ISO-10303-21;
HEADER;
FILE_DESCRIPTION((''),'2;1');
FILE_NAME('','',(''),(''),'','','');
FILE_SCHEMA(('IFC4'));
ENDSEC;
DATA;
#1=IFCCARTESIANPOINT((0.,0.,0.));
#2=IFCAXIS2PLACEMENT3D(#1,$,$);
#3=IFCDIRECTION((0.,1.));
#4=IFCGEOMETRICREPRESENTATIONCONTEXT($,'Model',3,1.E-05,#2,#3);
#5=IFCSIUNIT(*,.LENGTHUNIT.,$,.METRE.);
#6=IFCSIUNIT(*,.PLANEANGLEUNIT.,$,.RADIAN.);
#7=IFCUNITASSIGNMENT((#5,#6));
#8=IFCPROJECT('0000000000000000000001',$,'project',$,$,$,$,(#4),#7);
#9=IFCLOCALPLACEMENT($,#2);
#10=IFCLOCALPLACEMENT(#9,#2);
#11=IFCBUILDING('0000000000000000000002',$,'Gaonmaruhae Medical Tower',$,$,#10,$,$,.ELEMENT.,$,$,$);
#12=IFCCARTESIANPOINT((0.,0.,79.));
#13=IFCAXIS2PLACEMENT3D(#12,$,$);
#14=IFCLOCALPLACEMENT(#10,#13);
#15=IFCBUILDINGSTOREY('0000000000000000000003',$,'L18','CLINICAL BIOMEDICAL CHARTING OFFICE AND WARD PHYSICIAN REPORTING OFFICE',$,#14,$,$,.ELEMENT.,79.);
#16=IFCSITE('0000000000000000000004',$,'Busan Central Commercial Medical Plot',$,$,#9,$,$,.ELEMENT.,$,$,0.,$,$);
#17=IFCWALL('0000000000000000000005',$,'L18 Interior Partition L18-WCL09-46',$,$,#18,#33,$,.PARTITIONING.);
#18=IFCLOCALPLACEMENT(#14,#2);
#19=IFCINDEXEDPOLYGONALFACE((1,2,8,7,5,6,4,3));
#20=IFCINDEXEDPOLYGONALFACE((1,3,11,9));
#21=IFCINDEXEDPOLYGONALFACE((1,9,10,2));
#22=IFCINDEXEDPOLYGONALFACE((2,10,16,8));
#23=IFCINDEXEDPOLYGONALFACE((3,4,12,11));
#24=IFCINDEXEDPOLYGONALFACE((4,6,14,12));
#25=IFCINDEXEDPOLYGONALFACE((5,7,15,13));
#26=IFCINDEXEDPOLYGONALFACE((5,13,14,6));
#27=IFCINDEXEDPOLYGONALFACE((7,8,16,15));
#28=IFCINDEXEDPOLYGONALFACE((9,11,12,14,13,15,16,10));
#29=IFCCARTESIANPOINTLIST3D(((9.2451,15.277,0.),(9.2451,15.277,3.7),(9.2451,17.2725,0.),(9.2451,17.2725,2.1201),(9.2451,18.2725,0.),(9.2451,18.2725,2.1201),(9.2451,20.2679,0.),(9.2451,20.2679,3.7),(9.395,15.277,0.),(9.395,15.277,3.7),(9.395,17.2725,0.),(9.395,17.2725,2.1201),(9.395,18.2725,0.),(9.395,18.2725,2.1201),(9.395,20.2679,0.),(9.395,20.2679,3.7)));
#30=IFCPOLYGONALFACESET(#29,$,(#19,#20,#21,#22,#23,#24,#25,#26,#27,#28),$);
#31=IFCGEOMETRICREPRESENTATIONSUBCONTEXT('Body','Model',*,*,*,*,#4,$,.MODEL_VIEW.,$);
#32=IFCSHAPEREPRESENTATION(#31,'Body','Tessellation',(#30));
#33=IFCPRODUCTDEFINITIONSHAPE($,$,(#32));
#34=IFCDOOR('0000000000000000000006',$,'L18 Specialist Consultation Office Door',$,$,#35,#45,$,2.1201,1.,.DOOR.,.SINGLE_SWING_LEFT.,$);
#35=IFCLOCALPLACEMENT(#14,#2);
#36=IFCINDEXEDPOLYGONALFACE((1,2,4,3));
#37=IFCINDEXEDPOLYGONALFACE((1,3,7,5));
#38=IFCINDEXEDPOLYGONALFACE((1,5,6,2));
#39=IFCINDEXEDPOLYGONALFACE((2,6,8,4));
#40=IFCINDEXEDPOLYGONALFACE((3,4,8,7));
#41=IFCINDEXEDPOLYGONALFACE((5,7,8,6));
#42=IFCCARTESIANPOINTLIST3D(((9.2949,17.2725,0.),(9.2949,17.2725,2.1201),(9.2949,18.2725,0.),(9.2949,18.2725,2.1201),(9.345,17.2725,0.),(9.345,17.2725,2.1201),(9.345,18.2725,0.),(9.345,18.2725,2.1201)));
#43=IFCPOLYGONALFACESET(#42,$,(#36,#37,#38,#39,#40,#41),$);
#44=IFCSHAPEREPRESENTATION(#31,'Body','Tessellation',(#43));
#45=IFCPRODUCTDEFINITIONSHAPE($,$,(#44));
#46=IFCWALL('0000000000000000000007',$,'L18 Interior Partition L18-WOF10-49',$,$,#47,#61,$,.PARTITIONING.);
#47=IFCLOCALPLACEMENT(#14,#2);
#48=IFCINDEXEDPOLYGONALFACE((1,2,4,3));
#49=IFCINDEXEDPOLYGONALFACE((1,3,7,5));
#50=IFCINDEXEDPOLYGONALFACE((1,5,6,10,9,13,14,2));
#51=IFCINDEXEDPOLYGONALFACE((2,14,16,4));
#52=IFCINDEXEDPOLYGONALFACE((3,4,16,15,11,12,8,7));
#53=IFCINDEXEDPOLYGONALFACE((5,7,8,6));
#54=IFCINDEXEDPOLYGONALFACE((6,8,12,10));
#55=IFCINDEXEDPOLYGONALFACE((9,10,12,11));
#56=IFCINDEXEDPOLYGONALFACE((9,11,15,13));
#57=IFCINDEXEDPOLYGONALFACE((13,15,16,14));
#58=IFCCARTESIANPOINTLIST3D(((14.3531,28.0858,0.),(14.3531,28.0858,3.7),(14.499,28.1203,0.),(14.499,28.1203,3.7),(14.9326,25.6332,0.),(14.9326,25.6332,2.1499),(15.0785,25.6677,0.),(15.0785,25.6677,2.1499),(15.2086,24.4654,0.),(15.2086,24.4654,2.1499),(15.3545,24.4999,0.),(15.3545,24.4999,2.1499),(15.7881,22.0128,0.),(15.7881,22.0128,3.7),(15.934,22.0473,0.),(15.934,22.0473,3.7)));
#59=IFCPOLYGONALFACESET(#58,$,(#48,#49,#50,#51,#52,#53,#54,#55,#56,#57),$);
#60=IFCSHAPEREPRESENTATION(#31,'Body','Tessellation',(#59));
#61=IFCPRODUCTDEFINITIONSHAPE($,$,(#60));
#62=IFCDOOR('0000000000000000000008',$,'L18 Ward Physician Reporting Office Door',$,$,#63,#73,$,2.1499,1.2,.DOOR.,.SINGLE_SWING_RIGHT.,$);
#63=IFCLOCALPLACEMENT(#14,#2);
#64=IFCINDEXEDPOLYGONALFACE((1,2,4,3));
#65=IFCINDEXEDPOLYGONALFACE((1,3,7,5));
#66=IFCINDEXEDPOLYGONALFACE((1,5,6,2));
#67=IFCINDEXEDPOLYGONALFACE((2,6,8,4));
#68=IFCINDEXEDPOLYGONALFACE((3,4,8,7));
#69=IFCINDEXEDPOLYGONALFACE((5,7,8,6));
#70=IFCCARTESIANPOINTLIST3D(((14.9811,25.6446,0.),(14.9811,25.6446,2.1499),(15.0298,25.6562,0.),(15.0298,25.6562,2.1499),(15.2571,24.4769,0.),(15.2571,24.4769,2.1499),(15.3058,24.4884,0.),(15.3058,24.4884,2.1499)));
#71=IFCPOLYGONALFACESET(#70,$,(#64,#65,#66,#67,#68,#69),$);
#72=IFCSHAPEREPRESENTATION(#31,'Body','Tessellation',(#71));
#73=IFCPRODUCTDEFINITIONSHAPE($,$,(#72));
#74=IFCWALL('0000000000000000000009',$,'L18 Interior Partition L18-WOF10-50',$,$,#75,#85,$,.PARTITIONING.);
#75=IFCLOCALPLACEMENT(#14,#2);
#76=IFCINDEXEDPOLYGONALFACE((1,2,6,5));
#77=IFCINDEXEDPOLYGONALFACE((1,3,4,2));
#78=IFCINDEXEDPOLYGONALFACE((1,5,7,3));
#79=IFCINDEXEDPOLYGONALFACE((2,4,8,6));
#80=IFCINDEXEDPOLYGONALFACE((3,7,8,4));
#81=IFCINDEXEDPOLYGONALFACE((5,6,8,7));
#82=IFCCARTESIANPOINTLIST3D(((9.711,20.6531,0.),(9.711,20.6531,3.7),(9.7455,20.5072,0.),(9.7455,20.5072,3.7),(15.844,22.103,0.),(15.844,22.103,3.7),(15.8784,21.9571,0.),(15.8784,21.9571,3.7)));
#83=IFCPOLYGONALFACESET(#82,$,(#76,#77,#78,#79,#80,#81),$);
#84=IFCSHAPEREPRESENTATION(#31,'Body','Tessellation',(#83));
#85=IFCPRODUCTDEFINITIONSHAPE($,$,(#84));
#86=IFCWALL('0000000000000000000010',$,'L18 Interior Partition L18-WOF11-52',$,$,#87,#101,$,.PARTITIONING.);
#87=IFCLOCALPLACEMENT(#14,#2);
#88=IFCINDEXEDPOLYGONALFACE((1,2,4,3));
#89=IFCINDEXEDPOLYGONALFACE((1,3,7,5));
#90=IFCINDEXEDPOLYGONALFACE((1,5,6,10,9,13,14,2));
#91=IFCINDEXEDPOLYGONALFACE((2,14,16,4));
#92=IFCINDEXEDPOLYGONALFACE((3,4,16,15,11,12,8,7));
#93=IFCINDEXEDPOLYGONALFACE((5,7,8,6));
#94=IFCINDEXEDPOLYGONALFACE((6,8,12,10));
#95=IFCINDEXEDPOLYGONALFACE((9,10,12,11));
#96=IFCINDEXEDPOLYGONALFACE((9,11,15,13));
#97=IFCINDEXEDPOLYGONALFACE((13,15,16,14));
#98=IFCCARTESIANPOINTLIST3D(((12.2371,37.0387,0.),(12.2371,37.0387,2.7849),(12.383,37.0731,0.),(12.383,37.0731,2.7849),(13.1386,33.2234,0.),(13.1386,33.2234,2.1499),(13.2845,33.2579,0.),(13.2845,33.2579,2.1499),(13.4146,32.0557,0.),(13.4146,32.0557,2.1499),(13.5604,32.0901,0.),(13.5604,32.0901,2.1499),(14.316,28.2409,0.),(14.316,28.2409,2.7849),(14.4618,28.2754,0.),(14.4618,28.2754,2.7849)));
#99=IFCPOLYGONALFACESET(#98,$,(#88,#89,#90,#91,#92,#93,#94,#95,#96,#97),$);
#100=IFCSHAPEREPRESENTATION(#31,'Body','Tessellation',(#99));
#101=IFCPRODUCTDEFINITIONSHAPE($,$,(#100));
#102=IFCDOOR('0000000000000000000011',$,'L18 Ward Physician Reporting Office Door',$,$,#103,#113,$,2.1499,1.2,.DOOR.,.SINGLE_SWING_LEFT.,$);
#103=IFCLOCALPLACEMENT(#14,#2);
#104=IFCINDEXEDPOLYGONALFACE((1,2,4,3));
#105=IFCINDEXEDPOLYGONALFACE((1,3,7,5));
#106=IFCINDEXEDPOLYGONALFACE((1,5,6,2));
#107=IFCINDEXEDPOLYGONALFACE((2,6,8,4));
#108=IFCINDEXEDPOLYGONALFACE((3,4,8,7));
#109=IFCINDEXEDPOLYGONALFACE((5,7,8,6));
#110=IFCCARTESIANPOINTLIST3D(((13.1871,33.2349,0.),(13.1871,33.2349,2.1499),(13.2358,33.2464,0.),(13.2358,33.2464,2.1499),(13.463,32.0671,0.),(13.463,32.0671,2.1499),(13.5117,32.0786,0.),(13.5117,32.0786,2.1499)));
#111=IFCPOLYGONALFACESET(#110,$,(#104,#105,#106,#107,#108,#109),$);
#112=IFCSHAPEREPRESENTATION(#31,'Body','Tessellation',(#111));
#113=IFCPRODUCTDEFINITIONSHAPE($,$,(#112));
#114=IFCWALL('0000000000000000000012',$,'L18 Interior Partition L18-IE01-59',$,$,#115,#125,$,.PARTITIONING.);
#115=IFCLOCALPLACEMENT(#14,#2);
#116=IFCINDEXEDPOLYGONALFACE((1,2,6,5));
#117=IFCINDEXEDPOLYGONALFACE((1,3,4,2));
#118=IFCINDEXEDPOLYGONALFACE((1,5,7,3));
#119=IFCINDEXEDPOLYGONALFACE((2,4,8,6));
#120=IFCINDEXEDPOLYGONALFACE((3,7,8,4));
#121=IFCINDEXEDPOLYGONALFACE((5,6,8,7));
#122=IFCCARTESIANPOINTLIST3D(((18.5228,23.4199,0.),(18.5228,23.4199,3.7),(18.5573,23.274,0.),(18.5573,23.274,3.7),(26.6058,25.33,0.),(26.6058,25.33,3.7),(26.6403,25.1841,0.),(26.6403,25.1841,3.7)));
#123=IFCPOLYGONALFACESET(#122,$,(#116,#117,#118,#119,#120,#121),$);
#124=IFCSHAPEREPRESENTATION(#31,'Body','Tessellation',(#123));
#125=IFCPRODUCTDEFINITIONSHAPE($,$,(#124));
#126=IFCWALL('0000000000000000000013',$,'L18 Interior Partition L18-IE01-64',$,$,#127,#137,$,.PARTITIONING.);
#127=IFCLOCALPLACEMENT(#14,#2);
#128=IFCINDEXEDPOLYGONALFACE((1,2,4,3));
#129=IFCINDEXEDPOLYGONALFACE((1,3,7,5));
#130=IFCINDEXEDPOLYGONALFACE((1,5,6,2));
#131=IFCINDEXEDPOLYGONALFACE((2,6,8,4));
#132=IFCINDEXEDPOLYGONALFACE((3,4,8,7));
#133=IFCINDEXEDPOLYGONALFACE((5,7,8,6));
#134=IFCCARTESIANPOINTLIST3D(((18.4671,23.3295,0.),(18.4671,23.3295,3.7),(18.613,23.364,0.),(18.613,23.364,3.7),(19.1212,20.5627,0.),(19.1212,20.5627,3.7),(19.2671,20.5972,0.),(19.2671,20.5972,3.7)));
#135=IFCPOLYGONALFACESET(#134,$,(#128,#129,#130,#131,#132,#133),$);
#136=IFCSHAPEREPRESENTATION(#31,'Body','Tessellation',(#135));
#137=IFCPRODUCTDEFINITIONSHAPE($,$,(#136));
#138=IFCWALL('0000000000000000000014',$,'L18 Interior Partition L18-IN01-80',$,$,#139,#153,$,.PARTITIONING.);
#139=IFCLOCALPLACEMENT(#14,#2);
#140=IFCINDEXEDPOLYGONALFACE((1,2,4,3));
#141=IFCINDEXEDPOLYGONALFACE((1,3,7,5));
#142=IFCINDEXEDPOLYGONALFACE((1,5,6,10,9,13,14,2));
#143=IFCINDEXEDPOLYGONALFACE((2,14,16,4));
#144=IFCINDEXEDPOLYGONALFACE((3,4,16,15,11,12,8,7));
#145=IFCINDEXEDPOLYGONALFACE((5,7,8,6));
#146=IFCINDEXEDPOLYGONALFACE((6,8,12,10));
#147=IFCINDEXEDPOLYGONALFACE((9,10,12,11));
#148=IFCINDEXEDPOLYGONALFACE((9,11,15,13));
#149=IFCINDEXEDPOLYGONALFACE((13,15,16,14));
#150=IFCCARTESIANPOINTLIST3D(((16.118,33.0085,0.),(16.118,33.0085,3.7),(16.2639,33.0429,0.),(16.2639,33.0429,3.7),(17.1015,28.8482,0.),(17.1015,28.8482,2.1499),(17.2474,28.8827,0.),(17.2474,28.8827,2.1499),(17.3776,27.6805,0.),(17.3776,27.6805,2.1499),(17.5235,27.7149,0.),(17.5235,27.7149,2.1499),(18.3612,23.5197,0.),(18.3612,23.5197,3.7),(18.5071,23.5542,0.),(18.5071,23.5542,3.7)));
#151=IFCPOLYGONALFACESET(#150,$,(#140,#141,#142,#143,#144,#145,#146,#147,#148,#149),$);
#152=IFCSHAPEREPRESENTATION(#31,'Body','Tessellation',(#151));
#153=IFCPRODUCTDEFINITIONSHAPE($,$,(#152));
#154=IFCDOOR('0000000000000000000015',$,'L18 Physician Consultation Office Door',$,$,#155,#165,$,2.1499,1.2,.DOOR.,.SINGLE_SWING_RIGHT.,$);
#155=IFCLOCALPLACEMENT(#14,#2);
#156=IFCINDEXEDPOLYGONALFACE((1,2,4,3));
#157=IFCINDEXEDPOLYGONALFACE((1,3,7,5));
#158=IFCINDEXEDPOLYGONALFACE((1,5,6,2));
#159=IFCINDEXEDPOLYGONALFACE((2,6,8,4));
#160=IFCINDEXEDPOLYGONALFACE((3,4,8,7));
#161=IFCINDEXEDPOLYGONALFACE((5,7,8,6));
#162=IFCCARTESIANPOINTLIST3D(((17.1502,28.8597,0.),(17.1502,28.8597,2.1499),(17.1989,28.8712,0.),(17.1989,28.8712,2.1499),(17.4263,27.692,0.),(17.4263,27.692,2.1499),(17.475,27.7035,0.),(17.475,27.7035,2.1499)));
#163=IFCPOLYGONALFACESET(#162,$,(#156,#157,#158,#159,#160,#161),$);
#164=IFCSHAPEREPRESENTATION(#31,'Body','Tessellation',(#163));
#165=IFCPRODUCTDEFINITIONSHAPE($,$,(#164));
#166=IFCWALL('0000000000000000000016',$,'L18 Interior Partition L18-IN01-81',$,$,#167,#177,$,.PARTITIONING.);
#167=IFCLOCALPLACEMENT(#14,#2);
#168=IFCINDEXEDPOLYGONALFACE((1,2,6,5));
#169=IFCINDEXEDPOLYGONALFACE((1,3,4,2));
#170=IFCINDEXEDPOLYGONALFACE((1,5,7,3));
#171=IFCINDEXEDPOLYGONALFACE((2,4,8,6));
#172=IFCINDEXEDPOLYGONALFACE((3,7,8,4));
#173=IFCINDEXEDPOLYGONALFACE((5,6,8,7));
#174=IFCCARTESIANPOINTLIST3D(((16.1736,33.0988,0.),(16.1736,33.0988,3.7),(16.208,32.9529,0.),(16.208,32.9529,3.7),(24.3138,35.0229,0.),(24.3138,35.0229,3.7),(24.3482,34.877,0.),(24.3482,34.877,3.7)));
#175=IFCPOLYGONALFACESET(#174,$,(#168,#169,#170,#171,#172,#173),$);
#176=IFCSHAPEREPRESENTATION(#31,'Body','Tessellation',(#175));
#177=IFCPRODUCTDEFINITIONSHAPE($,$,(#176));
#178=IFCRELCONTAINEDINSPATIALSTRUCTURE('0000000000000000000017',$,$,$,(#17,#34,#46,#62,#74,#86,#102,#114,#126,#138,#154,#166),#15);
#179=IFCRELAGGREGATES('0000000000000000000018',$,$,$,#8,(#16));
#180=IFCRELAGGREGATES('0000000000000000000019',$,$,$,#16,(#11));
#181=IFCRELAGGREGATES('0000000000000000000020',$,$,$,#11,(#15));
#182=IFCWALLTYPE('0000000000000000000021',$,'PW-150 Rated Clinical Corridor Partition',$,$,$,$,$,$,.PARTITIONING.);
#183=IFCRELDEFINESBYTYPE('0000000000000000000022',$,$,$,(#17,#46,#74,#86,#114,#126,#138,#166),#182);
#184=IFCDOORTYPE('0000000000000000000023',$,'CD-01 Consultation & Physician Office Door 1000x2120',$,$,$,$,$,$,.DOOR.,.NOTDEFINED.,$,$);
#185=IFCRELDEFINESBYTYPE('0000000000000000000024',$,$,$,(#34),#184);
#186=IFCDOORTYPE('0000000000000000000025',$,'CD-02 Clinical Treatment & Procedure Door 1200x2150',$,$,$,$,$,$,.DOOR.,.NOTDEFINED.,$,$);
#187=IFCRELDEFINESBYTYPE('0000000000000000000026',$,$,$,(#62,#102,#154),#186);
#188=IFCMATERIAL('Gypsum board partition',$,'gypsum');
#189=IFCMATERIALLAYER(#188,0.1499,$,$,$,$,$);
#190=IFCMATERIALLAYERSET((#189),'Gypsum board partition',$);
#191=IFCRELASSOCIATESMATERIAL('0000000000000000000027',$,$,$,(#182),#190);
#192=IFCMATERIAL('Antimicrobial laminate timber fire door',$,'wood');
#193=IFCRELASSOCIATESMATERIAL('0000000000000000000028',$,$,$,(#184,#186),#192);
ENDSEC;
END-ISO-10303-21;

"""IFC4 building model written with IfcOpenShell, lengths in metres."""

from ifc_helpers import new_model, si_unit, direction, frame, frame_2d, origin, place, context, subcontext, project, spatial, rectangle, extrude, material, layer, layer_set, type_object, element, fill, save


model = new_model("IFC4")

# Units and contexts
model_context = context("Model", 3, precision=1e-05, world=origin(), true_north=direction((0.0, 1.0)))
body_context = subcontext(model_context, "Body", "Model", "MODEL_VIEW")
ifc_project = project(units=[si_unit("LENGTHUNIT", "METRE"), si_unit("PLANEANGLEUNIT", "RADIAN")], contexts=[model_context])

# Site, building, storey
site_placement = place(None, origin())
site = spatial("IfcSite", under=ifc_project, at=site_placement, Name="Busan Central Commercial Medical Plot", CompositionType="ELEMENT", RefElevation=0.0)
building_placement = place(site_placement, origin())
building = spatial("IfcBuilding", under=site, at=building_placement, Name="Gaonmaruhae Medical Tower", CompositionType="ELEMENT")
storey_placement = place(building_placement, frame((0.0, 0.0, 79.0)))
storey = spatial("IfcBuildingStorey", under=building, at=storey_placement, Name="L18", Description="CLINICAL BIOMEDICAL CHARTING OFFICE AND WARD PHYSICIAN REPORTING OFFICE", CompositionType="ELEMENT", Elevation=79.0)

# Shared definitions
ifc_material_1 = material(Name="Gypsum board partition", Category="gypsum")
ifc_layer_1 = layer(ifc_material_1, 0.1499)
ifc_layer_set_1 = layer_set([ifc_layer_1], Name="Gypsum board partition")
wall_type_1 = type_object("IfcWallType", Name="PW-150 Rated Clinical Corridor Partition", PredefinedType="PARTITIONING", material=ifc_layer_set_1)

# Walls, openings, doors
wall_1_placement = place(storey_placement, frame((9.3201, 20.2681, 0.0), z_axis=(0.0, 0.0, 1.0), x_axis=(0.0, -1.0, 0.0)))
wall_1 = element("IfcWall", 1, at=wall_1_placement, inside=storey, type_object=wall_type_1, Name="L18 Interior Partition L18-WCL09-46", PredefinedType="PARTITIONING", context=body_context, shape_type="SweptSolid", body=[
    extrude(rectangle(XDim=4.991, YDim=0.1499, at=frame_2d((2.4956, 0.0))), origin(), (0.0, 0.0, 1.0), 3.7),
])
opening_1_placement = place(wall_1_placement, frame((1.9956, 0.0, 0.0)))
opening_1 = element("IfcOpeningElement", 2, at=opening_1_placement, cuts=wall_1, PredefinedType="OPENING", context=body_context, shape_type="SweptSolid", body=[
    extrude(rectangle(XDim=1.0, YDim=2.1201, at=frame_2d((0.5, 1.0601))), frame((0.0, 0.085, 0.0), z_axis=(0.0, -1.0, 0.0), x_axis=(1.0, 0.0, 0.0)), (0.0, 0.0, 1.0), 0.1699),
])
ifc_material_2 = material(Name="Antimicrobial laminate timber fire door", Category="wood")
door_type_1 = type_object("IfcDoorType", Name="CD-01 Consultation & Physician Office Door 1000x2120", OperationType="NOTDEFINED", PredefinedType="DOOR", material=ifc_material_2)
door_1_placement = place(opening_1_placement, origin())
door_1 = element("IfcDoor", 3, at=door_1_placement, inside=storey, type_object=door_type_1, Name="L18 Specialist Consultation Office Door", OperationType="SINGLE_SWING_LEFT", OverallHeight=2.1201, OverallWidth=1.0, PredefinedType="DOOR", context=body_context, shape_type="SweptSolid", body=[
    extrude(rectangle(XDim=1.0, YDim=2.1201, at=frame_2d((0.5, 1.0601))), frame((0.0, 0.0249, 0.0), z_axis=(0.0, -1.0, 0.0), x_axis=(1.0, 0.0, 0.0)), (0.0, 0.0, 1.0), 0.05),
])
fill(opening_1, door_1)
wall_2_placement = place(storey_placement, frame((14.426, 28.103, 0.0), z_axis=(0.0, 0.0, 1.0), x_axis=(0.229968, -0.973198, 0.0)))
wall_2 = element("IfcWall", 4, at=wall_2_placement, inside=storey, type_object=wall_type_1, Name="L18 Interior Partition L18-WOF10-49", PredefinedType="PARTITIONING", context=body_context, shape_type="SweptSolid", body=[
    extrude(rectangle(XDim=6.2402, YDim=0.1499, at=frame_2d((3.1201, 0.0))), origin(), (0.0, 0.0, 1.0), 3.7),
])
opening_2_placement = place(wall_2_placement, frame((2.52, 0.0, 0.0)))
opening_2 = element("IfcOpeningElement", 5, at=opening_2_placement, cuts=wall_2, PredefinedType="OPENING", context=body_context, shape_type="SweptSolid", body=[
    extrude(rectangle(XDim=1.2, YDim=2.1499, at=frame_2d((0.6001, 1.075))), frame((0.0, 0.085, 0.0), z_axis=(0.0, -1.0, 0.0), x_axis=(1.0, 0.0, 0.0)), (0.0, 0.0, 1.0), 0.1699),
])
door_type_2 = type_object("IfcDoorType", Name="CD-02 Clinical Treatment & Procedure Door 1200x2150", OperationType="NOTDEFINED", PredefinedType="DOOR", material=ifc_material_2)
door_2_placement = place(opening_2_placement, origin())
door_2 = element("IfcDoor", 6, at=door_2_placement, inside=storey, type_object=door_type_2, Name="L18 Ward Physician Reporting Office Door", OperationType="SINGLE_SWING_RIGHT", OverallHeight=2.1499, OverallWidth=1.2, PredefinedType="DOOR", context=body_context, shape_type="SweptSolid", body=[
    extrude(rectangle(XDim=1.2, YDim=2.1499, at=frame_2d((0.6001, 1.075))), frame((0.0, 0.0249, 0.0), z_axis=(0.0, -1.0, 0.0), x_axis=(1.0, 0.0, 0.0)), (0.0, 0.0, 1.0), 0.05),
])
fill(opening_2, door_2)

# Wall
wall_3_placement = place(storey_placement, frame((15.8611, 22.03, 0.0), z_axis=(0.0, 0.0, 1.0), x_axis=(-0.973173, -0.230073, 0.0)))
element("IfcWall", 7, at=wall_3_placement, inside=storey, type_object=wall_type_1, Name="L18 Interior Partition L18-WOF10-50", PredefinedType="PARTITIONING", context=body_context, shape_type="SweptSolid", body=[
    extrude(rectangle(XDim=6.302, YDim=0.1499, at=frame_2d((3.1509, 0.0))), origin(), (0.0, 0.0, 1.0), 3.7),
])

# Wall, opening, door
wall_4_placement = place(storey_placement, frame((12.3101, 37.0559, 0.0), z_axis=(0.0, 0.0, 1.0), x_axis=(0.229959, -0.9732, 0.0)))
wall_4 = element("IfcWall", 8, at=wall_4_placement, inside=storey, type_object=wall_type_1, Name="L18 Interior Partition L18-WOF11-52", PredefinedType="PARTITIONING", context=body_context, shape_type="SweptSolid", body=[
    extrude(rectangle(XDim=9.04, YDim=0.1499, at=frame_2d((4.52, 0.0))), origin(), (0.0, 0.0, 1.0), 2.7849),
])
opening_3_placement = place(wall_4_placement, frame((3.9202, 0.0, 0.0)))
opening_3 = element("IfcOpeningElement", 9, at=opening_3_placement, cuts=wall_4, PredefinedType="OPENING", context=body_context, shape_type="SweptSolid", body=[
    extrude(rectangle(XDim=1.2, YDim=2.1499, at=frame_2d((0.6001, 1.075))), frame((0.0, 0.085, 0.0), z_axis=(0.0, -1.0, 0.0), x_axis=(1.0, 0.0, 0.0)), (0.0, 0.0, 1.0), 0.1699),
])
door_3_placement = place(opening_3_placement, origin())
door_3 = element("IfcDoor", 10, at=door_3_placement, inside=storey, type_object=door_type_2, Name="L18 Ward Physician Reporting Office Door", OperationType="SINGLE_SWING_LEFT", OverallHeight=2.1499, OverallWidth=1.2, PredefinedType="DOOR", context=body_context, shape_type="SweptSolid", body=[
    extrude(rectangle(XDim=1.2, YDim=2.1499, at=frame_2d((0.6001, 1.075))), frame((0.0, 0.0249, 0.0), z_axis=(0.0, -1.0, 0.0), x_axis=(1.0, 0.0, 0.0)), (0.0, 0.0, 1.0), 0.05),
])
fill(opening_3, door_3)

# Walls
wall_5_placement = place(storey_placement, frame((18.54, 23.3469, 0.0), z_axis=(0.0, 0.0, 1.0), x_axis=(0.973195, 0.229983, 0.0)))
element("IfcWall", 11, at=wall_5_placement, inside=storey, type_object=wall_type_1, Name="L18 Interior Partition L18-IE01-59", PredefinedType="PARTITIONING", context=body_context, shape_type="SweptSolid", body=[
    extrude(rectangle(XDim=8.3057, YDim=0.1499, at=frame_2d((4.1528, 0.0))), origin(), (0.0, 0.0, 1.0), 3.7),
])
wall_6_placement = place(storey_placement, frame((19.1941, 20.5801, 0.0), z_axis=(0.0, 0.0, 1.0), x_axis=(-0.230049, 0.973179, 0.0)))
element("IfcWall", 12, at=wall_6_placement, inside=storey, type_object=wall_type_1, Name="L18 Interior Partition L18-IE01-64", PredefinedType="PARTITIONING", context=body_context, shape_type="SweptSolid", body=[
    extrude(rectangle(XDim=2.843, YDim=0.1499, at=frame_2d((1.4214, 0.0))), origin(), (0.0, 0.0, 1.0), 3.7),
])

# Wall, opening, door
wall_7_placement = place(storey_placement, frame((18.4341, 23.5371, 0.0), z_axis=(0.0, 0.0, 1.0), x_axis=(-0.230061, 0.973176, 0.0)))
wall_7 = element("IfcWall", 13, at=wall_7_placement, inside=storey, type_object=wall_type_1, Name="L18 Interior Partition L18-IN01-80", PredefinedType="PARTITIONING", context=body_context, shape_type="SweptSolid", body=[
    extrude(rectangle(XDim=9.7502, YDim=0.1499, at=frame_2d((4.875, 0.0))), origin(), (0.0, 0.0, 1.0), 3.7),
])
opening_4_placement = place(wall_7_placement, frame((4.2751, 0.0, 0.0)))
opening_4 = element("IfcOpeningElement", 14, at=opening_4_placement, cuts=wall_7, PredefinedType="OPENING", context=body_context, shape_type="SweptSolid", body=[
    extrude(rectangle(XDim=1.2, YDim=2.1499, at=frame_2d((0.6001, 1.075))), frame((0.0, 0.085, 0.0), z_axis=(0.0, -1.0, 0.0), x_axis=(1.0, 0.0, 0.0)), (0.0, 0.0, 1.0), 0.1699),
])
door_4_placement = place(opening_4_placement, origin())
door_4 = element("IfcDoor", 15, at=door_4_placement, inside=storey, type_object=door_type_2, Name="L18 Physician Consultation Office Door", OperationType="SINGLE_SWING_RIGHT", OverallHeight=2.1499, OverallWidth=1.2, PredefinedType="DOOR", context=body_context, shape_type="SweptSolid", body=[
    extrude(rectangle(XDim=1.2, YDim=2.1499, at=frame_2d((0.6001, 1.075))), frame((0.0, 0.0249, 0.0), z_axis=(0.0, -1.0, 0.0), x_axis=(1.0, 0.0, 0.0)), (0.0, 0.0, 1.0), 0.05),
])
fill(opening_4, door_4)

# Wall
wall_8_placement = place(storey_placement, frame((16.1909, 33.0259, 0.0), z_axis=(0.0, 0.0, 1.0), x_axis=(0.973184, 0.23003, 0.0)))
element("IfcWall", 16, at=wall_8_placement, inside=storey, type_object=wall_type_1, Name="L18 Interior Partition L18-IN01-81", PredefinedType="PARTITIONING", context=body_context, shape_type="SweptSolid", body=[
    extrude(rectangle(XDim=8.3645, YDim=0.1499, at=frame_2d((4.1821, 0.0))), origin(), (0.0, 0.0, 1.0), 3.7),
])

save(model, "model.ifc")
